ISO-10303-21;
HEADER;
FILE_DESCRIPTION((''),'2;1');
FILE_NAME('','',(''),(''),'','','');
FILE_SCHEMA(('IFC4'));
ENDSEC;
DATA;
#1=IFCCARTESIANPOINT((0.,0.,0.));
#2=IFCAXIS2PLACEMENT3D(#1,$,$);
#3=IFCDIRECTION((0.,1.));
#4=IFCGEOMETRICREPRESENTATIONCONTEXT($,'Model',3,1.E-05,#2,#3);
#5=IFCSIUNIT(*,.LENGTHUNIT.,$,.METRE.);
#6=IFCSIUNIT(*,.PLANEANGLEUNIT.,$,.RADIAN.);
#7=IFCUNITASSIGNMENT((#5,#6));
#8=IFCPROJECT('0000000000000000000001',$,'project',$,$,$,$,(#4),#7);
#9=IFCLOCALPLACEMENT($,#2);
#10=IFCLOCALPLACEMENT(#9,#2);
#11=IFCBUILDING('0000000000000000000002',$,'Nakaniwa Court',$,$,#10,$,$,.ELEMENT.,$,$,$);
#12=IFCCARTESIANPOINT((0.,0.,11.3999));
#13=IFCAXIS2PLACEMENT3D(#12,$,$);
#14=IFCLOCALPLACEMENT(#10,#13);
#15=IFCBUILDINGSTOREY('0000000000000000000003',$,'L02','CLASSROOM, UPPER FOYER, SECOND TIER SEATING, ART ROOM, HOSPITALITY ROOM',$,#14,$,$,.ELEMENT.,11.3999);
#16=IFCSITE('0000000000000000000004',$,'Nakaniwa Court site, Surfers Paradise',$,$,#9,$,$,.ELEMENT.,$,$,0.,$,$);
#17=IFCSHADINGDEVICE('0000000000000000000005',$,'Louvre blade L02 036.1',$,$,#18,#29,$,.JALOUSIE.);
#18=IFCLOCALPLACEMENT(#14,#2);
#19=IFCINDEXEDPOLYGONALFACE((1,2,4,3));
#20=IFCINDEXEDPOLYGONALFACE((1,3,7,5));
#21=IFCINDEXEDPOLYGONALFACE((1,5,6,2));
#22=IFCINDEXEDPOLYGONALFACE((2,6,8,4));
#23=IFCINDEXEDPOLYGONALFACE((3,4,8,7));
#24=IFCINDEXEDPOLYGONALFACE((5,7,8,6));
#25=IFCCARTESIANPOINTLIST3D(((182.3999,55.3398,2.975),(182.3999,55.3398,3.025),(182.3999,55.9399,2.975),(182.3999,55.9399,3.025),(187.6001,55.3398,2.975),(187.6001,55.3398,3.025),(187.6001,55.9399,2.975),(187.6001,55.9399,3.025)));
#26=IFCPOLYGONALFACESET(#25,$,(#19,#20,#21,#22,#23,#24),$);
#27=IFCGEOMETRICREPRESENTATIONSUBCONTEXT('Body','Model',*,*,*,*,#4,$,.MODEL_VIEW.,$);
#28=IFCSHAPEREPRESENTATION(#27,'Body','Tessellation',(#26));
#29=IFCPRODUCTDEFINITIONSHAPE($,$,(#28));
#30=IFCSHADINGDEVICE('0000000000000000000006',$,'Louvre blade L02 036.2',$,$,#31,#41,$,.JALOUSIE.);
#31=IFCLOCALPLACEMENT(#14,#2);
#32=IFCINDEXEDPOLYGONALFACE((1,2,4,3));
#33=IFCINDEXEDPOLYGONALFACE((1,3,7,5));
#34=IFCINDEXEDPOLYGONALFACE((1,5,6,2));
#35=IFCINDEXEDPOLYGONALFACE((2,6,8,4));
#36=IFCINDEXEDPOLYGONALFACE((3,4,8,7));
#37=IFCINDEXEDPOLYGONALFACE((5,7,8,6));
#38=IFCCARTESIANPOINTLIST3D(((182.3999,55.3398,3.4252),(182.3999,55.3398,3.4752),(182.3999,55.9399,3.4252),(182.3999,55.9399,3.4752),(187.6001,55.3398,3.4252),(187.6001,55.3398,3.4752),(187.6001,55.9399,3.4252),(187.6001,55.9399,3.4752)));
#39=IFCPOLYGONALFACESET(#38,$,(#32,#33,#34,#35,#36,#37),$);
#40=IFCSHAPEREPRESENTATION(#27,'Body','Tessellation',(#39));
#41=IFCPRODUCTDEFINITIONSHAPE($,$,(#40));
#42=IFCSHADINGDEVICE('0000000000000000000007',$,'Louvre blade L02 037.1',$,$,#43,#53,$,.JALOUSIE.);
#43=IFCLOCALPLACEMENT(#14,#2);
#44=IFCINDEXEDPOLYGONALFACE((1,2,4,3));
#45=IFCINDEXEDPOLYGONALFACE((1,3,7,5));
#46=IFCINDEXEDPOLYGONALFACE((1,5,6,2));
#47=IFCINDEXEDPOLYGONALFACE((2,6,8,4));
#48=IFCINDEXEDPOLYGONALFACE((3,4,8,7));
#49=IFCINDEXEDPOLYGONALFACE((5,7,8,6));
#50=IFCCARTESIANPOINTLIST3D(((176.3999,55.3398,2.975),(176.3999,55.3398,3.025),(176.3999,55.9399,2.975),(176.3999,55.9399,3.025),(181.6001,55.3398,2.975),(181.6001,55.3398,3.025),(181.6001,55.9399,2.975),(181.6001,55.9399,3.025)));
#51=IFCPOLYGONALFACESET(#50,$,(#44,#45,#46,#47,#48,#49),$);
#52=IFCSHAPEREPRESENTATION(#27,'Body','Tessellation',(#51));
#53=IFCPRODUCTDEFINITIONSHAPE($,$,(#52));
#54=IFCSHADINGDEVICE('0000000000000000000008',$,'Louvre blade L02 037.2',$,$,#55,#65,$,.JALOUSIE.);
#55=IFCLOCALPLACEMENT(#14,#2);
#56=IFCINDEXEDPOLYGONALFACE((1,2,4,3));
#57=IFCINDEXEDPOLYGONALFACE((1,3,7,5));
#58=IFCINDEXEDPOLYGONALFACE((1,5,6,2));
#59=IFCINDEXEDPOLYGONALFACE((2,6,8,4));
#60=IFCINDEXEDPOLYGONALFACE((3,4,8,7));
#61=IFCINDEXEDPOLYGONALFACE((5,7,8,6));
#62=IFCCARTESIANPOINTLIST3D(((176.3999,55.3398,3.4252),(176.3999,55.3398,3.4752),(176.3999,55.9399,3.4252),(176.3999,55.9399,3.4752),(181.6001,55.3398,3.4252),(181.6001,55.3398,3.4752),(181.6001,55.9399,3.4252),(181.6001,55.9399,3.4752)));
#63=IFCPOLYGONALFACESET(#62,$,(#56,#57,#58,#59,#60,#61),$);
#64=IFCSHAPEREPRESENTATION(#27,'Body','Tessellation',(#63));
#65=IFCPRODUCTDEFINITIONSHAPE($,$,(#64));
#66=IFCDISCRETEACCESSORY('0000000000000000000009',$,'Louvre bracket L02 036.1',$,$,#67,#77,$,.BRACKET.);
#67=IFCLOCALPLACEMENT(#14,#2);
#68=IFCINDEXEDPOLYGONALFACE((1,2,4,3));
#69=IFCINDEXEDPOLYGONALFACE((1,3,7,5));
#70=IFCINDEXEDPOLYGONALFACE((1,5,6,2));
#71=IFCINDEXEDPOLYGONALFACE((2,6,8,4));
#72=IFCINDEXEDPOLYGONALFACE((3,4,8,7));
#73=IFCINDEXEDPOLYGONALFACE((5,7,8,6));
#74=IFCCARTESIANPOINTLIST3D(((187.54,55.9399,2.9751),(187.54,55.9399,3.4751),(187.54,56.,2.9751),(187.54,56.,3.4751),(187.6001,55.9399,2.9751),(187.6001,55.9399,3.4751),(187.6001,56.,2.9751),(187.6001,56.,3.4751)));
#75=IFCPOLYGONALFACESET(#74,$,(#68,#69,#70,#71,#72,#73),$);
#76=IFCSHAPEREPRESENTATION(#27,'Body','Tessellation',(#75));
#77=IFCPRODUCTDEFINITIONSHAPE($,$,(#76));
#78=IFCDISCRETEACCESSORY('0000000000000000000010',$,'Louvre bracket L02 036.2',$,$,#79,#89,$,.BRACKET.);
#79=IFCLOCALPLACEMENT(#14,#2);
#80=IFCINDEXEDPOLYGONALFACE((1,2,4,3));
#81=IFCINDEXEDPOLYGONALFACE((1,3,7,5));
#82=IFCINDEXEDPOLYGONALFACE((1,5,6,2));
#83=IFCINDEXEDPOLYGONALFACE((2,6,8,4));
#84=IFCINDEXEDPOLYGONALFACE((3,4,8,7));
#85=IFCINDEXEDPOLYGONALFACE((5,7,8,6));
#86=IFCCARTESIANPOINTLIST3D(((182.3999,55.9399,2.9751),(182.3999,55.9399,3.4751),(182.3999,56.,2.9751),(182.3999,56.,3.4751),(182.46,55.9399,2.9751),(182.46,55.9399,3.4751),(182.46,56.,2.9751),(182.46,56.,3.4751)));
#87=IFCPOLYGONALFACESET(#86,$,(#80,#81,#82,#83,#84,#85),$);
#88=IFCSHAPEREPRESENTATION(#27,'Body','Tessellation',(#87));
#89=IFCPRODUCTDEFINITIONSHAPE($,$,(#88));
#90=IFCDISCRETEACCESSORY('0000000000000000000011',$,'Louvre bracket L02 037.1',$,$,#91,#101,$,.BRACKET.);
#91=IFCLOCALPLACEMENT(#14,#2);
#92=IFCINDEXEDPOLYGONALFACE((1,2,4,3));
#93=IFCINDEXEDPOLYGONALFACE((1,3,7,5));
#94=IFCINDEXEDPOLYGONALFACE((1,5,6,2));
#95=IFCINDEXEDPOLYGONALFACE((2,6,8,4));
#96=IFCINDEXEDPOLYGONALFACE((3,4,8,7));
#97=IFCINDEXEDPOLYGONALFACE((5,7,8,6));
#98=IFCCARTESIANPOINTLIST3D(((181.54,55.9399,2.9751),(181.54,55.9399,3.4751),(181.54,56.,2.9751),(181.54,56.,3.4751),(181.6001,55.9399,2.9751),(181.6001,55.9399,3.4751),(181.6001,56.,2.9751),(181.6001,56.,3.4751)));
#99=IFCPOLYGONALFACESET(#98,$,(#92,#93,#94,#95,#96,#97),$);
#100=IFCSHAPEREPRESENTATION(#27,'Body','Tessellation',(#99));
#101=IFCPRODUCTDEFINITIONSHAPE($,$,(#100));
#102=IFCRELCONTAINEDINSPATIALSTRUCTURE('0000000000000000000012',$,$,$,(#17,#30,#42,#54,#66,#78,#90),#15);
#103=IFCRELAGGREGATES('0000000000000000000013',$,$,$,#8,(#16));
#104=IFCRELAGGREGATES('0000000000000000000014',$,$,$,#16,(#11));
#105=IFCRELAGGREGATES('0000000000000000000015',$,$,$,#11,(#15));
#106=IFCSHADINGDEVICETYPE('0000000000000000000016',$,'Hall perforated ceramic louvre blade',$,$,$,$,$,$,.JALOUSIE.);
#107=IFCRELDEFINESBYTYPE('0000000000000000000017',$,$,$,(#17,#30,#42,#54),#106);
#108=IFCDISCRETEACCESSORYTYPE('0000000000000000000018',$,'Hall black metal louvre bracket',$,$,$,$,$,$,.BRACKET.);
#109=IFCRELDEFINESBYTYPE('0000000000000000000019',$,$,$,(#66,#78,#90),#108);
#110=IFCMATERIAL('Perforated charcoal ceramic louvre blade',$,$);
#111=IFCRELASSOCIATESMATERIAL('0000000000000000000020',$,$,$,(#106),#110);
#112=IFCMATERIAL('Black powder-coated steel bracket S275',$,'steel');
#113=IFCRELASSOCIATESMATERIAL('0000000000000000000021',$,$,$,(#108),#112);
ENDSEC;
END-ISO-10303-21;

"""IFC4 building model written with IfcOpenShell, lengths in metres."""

from ifc_helpers import new_model, si_unit, direction, frame, origin, origin_2d, place, context, subcontext, project, spatial, rectangle, extrude, material, material_profile, profile_set, type_object, element, save


model = new_model("IFC4")

# Units and contexts
model_context = context("Model", 3, precision=1e-05, world=origin(), true_north=direction((0.0, 1.0)))
body_context = subcontext(model_context, "Body", "Model", "MODEL_VIEW")
ifc_project = project(units=[si_unit("LENGTHUNIT", "METRE"), si_unit("PLANEANGLEUNIT", "RADIAN")], contexts=[model_context])

# Site, building, storey
site_placement = place(None, origin())
site = spatial("IfcSite", under=ifc_project, at=site_placement, Name="Nakaniwa Court site, Surfers Paradise", CompositionType="ELEMENT", RefElevation=0.0)
building_placement = place(site_placement, origin())
building = spatial("IfcBuilding", under=site, at=building_placement, Name="Nakaniwa Court", CompositionType="ELEMENT")
storey_placement = place(building_placement, frame((0.0, 0.0, 11.3999)))
storey = spatial("IfcBuildingStorey", under=building, at=storey_placement, Name="L02", Description="CLASSROOM, UPPER FOYER, SECOND TIER SEATING, ART ROOM, HOSPITALITY ROOM", CompositionType="ELEMENT", Elevation=11.3999)

# Shading devices
ifc_material_1 = material(Name="Perforated charcoal ceramic louvre blade")
ifc_material_profile_1 = material_profile(ifc_material_1, rectangle(XDim=0.6001, YDim=0.05, at=origin_2d()), Name="Hall perforated ceramic louvre blade")
ifc_profile_set_1 = profile_set([ifc_material_profile_1], Name="Perforated charcoal ceramic louvre blade")
shading_device_type = type_object("IfcShadingDeviceType", Name="Hall perforated ceramic louvre blade", PredefinedType="JALOUSIE", material=ifc_profile_set_1)
for number, where, z_axis, x_axis, name in (
    (1, (187.6001, 55.6399, 3.0), (-1.0, 0.0, 0.0), (0.0, -1.0, 0.0), "Louvre blade L02 036.1"),
    (2, (187.6001, 55.6399, 3.4502), (-1.0, 0.0, 0.0), (0.0, -1.0, 0.0), "Louvre blade L02 036.2"),
    (3, (181.6001, 55.6399, 3.0), (-1.0, 0.0, 0.0), (0.0, -1.0, 0.0), "Louvre blade L02 037.1"),
    (4, (181.6001, 55.6399, 3.4502), (-1.0, 0.0, 0.0), (0.0, -1.0, 0.0), "Louvre blade L02 037.2"),
):
    element("IfcShadingDevice", number, at=place(storey_placement, frame(where, z_axis=z_axis, x_axis=x_axis)), inside=storey, type_object=shading_device_type, Name=name, PredefinedType="JALOUSIE", context=body_context, shape_type="SweptSolid", body=[
        extrude(rectangle(XDim=0.6001, YDim=0.05, at=origin_2d()), origin(), (0.0, 0.0, 1.0), 5.2002),
    ])

# Discrete accessories
ifc_material_2 = material(Name="Black powder-coated steel bracket S275", Category="steel")
discrete_accessory_type = type_object("IfcDiscreteAccessoryType", Name="Hall black metal louvre bracket", PredefinedType="BRACKET", material=ifc_material_2)
for number, where, z_axis, x_axis, name in (
    (5, (187.5701, 55.97, 2.9751), (0.0, 0.0, 1.0), (-1.0, 0.0, 0.0), "Louvre bracket L02 036.1"),
    (6, (182.4299, 55.97, 2.9751), (0.0, 0.0, 1.0), (-1.0, 0.0, 0.0), "Louvre bracket L02 036.2"),
    (7, (181.5701, 55.97, 2.9751), (0.0, 0.0, 1.0), (-1.0, 0.0, 0.0), "Louvre bracket L02 037.1"),
):
    element("IfcDiscreteAccessory", number, at=place(storey_placement, frame(where, z_axis=z_axis, x_axis=x_axis)), inside=storey, type_object=discrete_accessory_type, Name=name, PredefinedType="BRACKET", context=body_context, shape_type="SweptSolid", body=[
        extrude(rectangle(XDim=0.0601, YDim=0.0601, at=origin_2d()), origin(), (0.0, 0.0, 1.0), 0.5),
    ])

save(model, "model.ifc")
